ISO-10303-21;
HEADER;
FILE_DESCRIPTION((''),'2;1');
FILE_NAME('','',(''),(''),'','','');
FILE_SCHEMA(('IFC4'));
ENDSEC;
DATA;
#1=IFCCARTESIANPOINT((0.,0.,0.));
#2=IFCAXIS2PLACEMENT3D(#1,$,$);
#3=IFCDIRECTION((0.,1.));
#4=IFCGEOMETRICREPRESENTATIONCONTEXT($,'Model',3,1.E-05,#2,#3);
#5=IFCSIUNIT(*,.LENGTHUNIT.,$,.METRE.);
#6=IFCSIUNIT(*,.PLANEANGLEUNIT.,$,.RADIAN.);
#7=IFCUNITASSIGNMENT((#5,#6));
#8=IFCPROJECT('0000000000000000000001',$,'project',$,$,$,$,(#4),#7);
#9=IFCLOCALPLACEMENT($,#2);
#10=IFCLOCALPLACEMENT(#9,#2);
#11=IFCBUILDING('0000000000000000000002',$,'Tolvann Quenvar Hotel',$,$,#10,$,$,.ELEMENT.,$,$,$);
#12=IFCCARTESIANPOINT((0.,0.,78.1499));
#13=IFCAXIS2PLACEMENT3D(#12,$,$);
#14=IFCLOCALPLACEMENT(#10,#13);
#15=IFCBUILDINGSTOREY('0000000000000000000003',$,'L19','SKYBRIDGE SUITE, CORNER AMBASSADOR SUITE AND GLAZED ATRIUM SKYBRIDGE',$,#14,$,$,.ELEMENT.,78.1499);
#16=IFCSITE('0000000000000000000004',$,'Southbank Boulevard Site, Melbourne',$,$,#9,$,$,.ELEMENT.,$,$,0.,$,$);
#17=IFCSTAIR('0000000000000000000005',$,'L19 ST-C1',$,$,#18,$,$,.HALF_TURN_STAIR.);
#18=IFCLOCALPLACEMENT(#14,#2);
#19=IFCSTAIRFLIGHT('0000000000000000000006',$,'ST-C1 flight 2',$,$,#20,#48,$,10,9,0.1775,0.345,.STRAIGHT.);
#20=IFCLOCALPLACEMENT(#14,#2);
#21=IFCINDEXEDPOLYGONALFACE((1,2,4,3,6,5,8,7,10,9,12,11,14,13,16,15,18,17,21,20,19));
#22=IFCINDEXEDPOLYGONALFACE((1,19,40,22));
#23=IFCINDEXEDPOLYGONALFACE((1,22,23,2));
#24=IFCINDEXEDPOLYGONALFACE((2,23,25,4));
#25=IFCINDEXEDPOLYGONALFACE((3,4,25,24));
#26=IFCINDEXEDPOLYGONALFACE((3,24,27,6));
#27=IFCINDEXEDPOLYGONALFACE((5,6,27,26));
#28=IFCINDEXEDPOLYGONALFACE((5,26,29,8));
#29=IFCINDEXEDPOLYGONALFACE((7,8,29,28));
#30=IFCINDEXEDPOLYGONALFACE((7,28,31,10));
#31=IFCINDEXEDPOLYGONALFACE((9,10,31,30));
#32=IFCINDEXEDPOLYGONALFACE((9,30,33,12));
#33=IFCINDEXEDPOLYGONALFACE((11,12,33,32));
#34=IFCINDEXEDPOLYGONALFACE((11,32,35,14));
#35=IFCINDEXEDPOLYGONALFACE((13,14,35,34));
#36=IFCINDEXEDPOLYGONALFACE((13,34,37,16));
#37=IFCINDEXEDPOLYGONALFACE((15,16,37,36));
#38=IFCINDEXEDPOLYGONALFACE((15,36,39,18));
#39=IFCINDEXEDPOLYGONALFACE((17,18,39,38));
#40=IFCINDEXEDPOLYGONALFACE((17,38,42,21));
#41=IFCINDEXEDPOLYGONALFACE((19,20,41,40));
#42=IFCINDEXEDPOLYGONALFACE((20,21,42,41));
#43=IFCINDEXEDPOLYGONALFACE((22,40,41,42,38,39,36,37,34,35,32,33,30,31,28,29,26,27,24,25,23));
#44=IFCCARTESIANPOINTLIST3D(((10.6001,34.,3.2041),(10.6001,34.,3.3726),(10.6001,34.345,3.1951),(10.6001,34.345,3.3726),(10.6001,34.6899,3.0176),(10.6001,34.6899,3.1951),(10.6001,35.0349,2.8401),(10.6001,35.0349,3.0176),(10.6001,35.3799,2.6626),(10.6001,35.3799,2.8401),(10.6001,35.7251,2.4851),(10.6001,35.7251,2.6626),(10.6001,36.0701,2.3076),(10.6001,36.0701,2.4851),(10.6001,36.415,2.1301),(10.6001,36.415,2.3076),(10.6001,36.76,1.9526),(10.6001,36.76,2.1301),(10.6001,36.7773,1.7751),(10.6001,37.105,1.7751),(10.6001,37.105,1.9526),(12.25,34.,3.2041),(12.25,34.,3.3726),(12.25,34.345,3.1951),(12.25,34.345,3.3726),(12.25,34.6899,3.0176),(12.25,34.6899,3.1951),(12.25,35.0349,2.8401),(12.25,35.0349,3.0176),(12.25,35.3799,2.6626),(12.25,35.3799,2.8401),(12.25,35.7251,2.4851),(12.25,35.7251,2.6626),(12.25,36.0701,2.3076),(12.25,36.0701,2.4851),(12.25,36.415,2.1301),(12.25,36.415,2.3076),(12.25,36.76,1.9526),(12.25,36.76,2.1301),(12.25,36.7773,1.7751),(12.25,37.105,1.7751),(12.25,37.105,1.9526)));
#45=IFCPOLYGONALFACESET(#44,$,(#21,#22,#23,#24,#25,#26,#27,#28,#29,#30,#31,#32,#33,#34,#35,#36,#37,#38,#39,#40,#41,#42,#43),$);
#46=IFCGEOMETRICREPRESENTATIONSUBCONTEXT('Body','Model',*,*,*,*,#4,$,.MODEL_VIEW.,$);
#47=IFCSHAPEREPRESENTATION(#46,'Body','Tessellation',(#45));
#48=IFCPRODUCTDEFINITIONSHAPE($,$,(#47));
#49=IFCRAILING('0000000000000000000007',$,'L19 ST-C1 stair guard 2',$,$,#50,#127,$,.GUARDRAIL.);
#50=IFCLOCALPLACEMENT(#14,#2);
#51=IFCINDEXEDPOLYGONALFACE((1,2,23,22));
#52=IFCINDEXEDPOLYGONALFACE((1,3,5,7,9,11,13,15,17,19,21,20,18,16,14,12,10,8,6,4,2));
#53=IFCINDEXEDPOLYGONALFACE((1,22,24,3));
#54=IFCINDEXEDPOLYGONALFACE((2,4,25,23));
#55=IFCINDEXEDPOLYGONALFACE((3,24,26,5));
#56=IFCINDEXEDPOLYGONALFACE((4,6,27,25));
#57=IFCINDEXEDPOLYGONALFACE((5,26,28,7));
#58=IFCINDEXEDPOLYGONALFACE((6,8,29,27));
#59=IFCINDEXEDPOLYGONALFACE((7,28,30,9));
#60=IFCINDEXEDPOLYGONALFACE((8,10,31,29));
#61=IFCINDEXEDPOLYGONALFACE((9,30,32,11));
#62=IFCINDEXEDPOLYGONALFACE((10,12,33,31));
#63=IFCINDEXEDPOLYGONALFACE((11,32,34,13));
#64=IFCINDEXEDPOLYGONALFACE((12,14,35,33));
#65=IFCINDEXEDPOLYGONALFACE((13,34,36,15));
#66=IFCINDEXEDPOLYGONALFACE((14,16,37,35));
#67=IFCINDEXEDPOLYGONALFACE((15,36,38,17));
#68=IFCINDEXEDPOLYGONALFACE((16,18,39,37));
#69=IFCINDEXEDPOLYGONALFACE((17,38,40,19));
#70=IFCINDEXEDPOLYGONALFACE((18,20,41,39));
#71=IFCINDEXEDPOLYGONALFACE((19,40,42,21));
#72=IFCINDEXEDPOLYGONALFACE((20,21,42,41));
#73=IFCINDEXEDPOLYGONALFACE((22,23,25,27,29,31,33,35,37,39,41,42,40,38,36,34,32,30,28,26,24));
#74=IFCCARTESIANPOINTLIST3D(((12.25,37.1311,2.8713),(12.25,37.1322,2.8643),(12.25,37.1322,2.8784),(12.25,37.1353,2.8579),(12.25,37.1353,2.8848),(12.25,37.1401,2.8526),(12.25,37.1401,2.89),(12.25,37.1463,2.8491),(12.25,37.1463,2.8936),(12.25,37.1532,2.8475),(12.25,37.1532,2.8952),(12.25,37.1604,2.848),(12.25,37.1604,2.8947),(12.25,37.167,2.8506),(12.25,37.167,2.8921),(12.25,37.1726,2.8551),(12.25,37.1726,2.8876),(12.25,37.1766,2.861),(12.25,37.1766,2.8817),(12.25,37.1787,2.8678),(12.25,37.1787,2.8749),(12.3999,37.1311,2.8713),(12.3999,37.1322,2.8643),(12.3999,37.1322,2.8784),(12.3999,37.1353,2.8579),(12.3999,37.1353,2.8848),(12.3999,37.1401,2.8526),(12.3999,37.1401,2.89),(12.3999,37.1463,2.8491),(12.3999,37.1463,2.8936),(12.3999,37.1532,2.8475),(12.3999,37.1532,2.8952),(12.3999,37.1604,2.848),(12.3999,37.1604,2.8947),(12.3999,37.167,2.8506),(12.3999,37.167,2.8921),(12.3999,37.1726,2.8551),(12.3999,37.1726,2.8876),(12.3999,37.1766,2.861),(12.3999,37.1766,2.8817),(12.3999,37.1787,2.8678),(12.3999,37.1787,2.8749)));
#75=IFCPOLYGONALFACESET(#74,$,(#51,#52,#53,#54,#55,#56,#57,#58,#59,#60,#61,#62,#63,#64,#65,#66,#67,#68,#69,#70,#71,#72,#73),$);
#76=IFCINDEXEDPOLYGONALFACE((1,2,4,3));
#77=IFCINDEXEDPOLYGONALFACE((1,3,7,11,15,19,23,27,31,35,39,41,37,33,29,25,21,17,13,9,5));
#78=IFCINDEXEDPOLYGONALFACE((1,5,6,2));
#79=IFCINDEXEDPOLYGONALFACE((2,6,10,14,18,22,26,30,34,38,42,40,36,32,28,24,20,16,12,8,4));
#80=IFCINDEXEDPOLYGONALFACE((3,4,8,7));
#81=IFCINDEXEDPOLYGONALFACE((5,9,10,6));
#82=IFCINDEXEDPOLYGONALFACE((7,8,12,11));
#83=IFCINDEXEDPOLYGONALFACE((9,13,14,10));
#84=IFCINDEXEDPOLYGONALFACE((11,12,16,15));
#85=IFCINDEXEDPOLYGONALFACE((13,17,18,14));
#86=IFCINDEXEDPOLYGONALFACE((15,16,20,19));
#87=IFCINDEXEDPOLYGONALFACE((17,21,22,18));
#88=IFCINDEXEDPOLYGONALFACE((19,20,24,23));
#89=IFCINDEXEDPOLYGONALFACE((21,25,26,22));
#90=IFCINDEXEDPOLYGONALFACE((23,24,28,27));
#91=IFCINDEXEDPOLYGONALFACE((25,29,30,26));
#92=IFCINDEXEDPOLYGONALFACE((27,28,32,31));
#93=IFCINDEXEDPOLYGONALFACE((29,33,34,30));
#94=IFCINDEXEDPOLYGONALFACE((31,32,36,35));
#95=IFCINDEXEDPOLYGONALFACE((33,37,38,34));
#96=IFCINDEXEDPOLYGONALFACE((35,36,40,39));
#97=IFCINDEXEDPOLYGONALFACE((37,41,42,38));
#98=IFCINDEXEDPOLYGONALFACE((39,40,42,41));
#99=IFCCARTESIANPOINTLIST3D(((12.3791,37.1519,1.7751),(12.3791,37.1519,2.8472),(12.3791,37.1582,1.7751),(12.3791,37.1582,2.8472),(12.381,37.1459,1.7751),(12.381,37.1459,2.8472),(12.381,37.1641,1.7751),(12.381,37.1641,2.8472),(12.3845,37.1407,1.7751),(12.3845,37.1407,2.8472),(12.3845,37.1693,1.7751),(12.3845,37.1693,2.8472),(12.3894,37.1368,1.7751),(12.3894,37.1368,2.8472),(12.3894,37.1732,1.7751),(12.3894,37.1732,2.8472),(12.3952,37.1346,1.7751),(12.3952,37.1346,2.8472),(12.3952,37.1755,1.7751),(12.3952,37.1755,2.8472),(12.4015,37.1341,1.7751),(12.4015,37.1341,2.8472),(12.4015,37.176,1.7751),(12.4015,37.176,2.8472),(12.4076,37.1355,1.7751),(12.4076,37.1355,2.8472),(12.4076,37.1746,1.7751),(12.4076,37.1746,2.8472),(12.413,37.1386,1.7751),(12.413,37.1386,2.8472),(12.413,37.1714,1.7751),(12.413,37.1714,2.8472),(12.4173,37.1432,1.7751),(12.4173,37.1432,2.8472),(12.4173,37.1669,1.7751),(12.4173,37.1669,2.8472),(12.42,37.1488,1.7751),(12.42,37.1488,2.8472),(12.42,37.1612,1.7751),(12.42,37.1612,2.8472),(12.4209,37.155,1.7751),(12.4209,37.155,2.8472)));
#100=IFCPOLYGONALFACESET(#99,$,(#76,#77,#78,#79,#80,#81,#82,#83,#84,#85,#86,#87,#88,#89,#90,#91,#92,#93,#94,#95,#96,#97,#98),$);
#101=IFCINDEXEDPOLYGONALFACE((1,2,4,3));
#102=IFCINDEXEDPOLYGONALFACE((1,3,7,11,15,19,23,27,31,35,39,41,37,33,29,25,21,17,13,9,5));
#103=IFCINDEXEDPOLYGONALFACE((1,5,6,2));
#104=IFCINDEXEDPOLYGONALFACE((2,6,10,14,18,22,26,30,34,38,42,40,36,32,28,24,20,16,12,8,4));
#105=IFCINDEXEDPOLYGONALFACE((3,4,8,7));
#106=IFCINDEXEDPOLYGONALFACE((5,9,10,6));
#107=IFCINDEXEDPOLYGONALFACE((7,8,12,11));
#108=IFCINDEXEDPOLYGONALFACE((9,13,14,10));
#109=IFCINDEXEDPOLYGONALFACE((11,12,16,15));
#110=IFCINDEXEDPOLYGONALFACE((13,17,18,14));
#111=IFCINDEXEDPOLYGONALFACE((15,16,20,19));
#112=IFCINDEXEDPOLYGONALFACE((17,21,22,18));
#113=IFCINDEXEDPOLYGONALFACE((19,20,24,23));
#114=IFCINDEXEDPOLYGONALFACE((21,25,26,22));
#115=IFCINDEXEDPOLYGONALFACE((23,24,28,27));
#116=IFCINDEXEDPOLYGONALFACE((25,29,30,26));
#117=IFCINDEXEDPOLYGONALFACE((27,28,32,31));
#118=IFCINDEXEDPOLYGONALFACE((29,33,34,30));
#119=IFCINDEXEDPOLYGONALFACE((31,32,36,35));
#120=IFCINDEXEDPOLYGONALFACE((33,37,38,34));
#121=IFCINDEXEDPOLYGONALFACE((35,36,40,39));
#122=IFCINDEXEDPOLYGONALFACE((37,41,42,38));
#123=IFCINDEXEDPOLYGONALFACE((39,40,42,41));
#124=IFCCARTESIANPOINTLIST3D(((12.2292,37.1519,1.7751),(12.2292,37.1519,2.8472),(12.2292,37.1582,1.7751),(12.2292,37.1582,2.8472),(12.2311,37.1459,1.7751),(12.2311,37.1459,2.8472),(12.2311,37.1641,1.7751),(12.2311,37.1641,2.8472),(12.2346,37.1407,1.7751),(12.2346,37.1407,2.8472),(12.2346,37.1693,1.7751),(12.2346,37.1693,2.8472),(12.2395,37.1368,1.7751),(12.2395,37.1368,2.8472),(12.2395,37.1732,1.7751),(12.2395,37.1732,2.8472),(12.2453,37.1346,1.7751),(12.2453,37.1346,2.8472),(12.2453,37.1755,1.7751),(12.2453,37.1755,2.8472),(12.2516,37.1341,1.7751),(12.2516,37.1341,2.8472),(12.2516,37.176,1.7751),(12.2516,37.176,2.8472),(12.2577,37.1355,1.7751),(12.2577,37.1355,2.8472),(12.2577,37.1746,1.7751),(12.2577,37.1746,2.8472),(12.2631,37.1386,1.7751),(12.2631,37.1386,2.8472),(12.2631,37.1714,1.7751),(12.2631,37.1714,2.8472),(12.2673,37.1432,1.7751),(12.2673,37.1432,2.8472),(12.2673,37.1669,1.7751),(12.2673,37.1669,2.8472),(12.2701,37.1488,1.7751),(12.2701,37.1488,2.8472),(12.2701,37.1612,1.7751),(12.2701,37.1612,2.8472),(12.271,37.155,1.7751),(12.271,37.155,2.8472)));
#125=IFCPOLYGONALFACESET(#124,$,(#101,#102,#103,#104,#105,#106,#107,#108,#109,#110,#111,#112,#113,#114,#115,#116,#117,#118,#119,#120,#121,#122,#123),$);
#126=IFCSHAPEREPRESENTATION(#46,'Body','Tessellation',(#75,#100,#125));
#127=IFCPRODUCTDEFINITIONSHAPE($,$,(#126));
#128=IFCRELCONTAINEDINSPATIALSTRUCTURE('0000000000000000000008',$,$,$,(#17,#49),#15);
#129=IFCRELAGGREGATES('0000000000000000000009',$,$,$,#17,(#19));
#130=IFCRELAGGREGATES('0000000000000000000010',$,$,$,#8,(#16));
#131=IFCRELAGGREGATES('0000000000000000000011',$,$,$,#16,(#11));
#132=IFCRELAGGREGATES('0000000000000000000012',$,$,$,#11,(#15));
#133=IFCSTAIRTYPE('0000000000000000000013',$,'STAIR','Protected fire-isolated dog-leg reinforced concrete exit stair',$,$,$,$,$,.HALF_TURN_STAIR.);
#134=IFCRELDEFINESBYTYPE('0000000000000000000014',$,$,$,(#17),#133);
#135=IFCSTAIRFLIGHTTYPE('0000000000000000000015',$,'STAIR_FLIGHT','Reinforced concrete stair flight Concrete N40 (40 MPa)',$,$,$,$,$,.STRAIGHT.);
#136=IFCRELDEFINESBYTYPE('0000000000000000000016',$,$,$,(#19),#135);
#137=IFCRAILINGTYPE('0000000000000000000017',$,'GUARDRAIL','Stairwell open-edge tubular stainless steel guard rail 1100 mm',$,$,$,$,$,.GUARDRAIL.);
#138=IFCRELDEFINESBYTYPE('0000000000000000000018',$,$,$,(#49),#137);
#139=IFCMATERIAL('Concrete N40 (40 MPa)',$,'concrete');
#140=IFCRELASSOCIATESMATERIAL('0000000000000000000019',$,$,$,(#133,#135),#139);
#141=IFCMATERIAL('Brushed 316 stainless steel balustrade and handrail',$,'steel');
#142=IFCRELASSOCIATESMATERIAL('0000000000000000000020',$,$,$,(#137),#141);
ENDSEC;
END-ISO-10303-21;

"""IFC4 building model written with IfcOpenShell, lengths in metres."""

from ifc_helpers import new_model, si_unit, direction, frame, origin, origin_2d, place, context, subcontext, project, spatial, polyline, circle, outline, extrude, material, type_object, element, aggregate, save


model = new_model("IFC4")

# Units and contexts
model_context = context("Model", 3, precision=1e-05, world=origin(), true_north=direction((0.0, 1.0)))
body_context = subcontext(model_context, "Body", "Model", "MODEL_VIEW")
ifc_project = project(units=[si_unit("LENGTHUNIT", "METRE"), si_unit("PLANEANGLEUNIT", "RADIAN")], contexts=[model_context])

# Site, building, storey
site_placement = place(None, origin())
site = spatial("IfcSite", under=ifc_project, at=site_placement, Name="Southbank Boulevard Site, Melbourne", CompositionType="ELEMENT", RefElevation=0.0)
building_placement = place(site_placement, origin())
building = spatial("IfcBuilding", under=site, at=building_placement, Name="Tolvann Quenvar Hotel", CompositionType="ELEMENT")
storey_placement = place(building_placement, frame((0.0, 0.0, 78.1499)))
storey = spatial("IfcBuildingStorey", under=building, at=storey_placement, Name="L19", Description="SKYBRIDGE SUITE, CORNER AMBASSADOR SUITE AND GLAZED ATRIUM SKYBRIDGE", CompositionType="ELEMENT", Elevation=78.1499)

# Stair, stair flight
ifc_material_1 = material(Name="Concrete N40 (40 MPa)", Category="concrete")
stair_type = type_object("IfcStairType", Name="STAIR", Description="Protected fire-isolated dog-leg reinforced concrete exit stair", PredefinedType="HALF_TURN_STAIR", material=ifc_material_1)
stair_placement = place(storey_placement, origin())
stair = element("IfcStair", 1, at=stair_placement, inside=storey, type_object=stair_type, Name="L19 ST-C1", PredefinedType="HALF_TURN_STAIR")
stair_flight_type = type_object("IfcStairFlightType", Name="STAIR_FLIGHT", Description="Reinforced concrete stair flight Concrete N40 (40 MPa)", PredefinedType="STRAIGHT", material=ifc_material_1)
stair_flight_placement = place(storey_placement, frame((11.425, 37.105, 1.7751), z_axis=(0.0, 0.0, 1.0), x_axis=(0.0, -1.0, 0.0)))
stair_flight = element("IfcStairFlight", 2, at=stair_flight_placement, type_object=stair_flight_type, Name="ST-C1 flight 2", NumberOfRisers=10, NumberOfTreads=9, PredefinedType="STRAIGHT", RiserHeight=0.1775, TreadLength=0.345, context=body_context, shape_type="SweptSolid", body=[
    extrude(outline(polyline([(0.0, 0.0), (0.0, 0.1775), (0.345, 0.1775), (0.345, 0.355), (0.6899, 0.355), (0.6899, 0.5325), (1.0349, 0.5325), (1.0349, 0.71), (1.3799, 0.71), (1.3799, 0.8875), (1.7251, 0.8875), (1.7251, 1.0649), (2.0701, 1.0649), (2.0701, 1.2424), (2.415, 1.2424), (2.415, 1.4199), (2.76, 1.4199), (2.76, 1.5974), (3.105, 1.5974), (3.105, 1.7749), (3.105, 1.429), (0.3276, 0.0), (0.0, 0.0)])), frame((0.0, 0.825, 0.0), z_axis=(0.0, -1.0, 0.0), x_axis=(1.0, 0.0, 0.0)), (0.0, 0.0, 1.0), 1.6499),
])
aggregate(stair, [stair_flight])

# Railing
ifc_material_2 = material(Name="Brushed 316 stainless steel balustrade and handrail", Category="steel")
railing_type = type_object("IfcRailingType", Name="GUARDRAIL", Description="Stairwell open-edge tubular stainless steel guard rail 1100 mm", PredefinedType="GUARDRAIL", material=ifc_material_2)
railing_1_placement = place(storey_placement, frame((12.3999, 37.155, 1.7751)))
element("IfcRailing", 3, at=railing_1_placement, inside=storey, type_object=railing_type, Name="L19 ST-C1 stair guard 2", PredefinedType="GUARDRAIL", context=body_context, shape_type="SweptSolid", body=[
    extrude(circle(Radius=0.0239, at=origin_2d()), frame((0.0, 0.0, 1.0962), z_axis=(-1.0, 0.0, 0.0), x_axis=(0.0, -1.0, 0.0)), (0.0, 0.0, 1.0), 0.1499),
    extrude(circle(Radius=0.021, at=origin_2d()), origin(), (0.0, 0.0, 1.0), 1.072),
    extrude(circle(Radius=0.021, at=origin_2d()), frame((-0.1499, 0.0, 0.0)), (0.0, 0.0, 1.0), 1.072),
])

save(model, "model.ifc")
